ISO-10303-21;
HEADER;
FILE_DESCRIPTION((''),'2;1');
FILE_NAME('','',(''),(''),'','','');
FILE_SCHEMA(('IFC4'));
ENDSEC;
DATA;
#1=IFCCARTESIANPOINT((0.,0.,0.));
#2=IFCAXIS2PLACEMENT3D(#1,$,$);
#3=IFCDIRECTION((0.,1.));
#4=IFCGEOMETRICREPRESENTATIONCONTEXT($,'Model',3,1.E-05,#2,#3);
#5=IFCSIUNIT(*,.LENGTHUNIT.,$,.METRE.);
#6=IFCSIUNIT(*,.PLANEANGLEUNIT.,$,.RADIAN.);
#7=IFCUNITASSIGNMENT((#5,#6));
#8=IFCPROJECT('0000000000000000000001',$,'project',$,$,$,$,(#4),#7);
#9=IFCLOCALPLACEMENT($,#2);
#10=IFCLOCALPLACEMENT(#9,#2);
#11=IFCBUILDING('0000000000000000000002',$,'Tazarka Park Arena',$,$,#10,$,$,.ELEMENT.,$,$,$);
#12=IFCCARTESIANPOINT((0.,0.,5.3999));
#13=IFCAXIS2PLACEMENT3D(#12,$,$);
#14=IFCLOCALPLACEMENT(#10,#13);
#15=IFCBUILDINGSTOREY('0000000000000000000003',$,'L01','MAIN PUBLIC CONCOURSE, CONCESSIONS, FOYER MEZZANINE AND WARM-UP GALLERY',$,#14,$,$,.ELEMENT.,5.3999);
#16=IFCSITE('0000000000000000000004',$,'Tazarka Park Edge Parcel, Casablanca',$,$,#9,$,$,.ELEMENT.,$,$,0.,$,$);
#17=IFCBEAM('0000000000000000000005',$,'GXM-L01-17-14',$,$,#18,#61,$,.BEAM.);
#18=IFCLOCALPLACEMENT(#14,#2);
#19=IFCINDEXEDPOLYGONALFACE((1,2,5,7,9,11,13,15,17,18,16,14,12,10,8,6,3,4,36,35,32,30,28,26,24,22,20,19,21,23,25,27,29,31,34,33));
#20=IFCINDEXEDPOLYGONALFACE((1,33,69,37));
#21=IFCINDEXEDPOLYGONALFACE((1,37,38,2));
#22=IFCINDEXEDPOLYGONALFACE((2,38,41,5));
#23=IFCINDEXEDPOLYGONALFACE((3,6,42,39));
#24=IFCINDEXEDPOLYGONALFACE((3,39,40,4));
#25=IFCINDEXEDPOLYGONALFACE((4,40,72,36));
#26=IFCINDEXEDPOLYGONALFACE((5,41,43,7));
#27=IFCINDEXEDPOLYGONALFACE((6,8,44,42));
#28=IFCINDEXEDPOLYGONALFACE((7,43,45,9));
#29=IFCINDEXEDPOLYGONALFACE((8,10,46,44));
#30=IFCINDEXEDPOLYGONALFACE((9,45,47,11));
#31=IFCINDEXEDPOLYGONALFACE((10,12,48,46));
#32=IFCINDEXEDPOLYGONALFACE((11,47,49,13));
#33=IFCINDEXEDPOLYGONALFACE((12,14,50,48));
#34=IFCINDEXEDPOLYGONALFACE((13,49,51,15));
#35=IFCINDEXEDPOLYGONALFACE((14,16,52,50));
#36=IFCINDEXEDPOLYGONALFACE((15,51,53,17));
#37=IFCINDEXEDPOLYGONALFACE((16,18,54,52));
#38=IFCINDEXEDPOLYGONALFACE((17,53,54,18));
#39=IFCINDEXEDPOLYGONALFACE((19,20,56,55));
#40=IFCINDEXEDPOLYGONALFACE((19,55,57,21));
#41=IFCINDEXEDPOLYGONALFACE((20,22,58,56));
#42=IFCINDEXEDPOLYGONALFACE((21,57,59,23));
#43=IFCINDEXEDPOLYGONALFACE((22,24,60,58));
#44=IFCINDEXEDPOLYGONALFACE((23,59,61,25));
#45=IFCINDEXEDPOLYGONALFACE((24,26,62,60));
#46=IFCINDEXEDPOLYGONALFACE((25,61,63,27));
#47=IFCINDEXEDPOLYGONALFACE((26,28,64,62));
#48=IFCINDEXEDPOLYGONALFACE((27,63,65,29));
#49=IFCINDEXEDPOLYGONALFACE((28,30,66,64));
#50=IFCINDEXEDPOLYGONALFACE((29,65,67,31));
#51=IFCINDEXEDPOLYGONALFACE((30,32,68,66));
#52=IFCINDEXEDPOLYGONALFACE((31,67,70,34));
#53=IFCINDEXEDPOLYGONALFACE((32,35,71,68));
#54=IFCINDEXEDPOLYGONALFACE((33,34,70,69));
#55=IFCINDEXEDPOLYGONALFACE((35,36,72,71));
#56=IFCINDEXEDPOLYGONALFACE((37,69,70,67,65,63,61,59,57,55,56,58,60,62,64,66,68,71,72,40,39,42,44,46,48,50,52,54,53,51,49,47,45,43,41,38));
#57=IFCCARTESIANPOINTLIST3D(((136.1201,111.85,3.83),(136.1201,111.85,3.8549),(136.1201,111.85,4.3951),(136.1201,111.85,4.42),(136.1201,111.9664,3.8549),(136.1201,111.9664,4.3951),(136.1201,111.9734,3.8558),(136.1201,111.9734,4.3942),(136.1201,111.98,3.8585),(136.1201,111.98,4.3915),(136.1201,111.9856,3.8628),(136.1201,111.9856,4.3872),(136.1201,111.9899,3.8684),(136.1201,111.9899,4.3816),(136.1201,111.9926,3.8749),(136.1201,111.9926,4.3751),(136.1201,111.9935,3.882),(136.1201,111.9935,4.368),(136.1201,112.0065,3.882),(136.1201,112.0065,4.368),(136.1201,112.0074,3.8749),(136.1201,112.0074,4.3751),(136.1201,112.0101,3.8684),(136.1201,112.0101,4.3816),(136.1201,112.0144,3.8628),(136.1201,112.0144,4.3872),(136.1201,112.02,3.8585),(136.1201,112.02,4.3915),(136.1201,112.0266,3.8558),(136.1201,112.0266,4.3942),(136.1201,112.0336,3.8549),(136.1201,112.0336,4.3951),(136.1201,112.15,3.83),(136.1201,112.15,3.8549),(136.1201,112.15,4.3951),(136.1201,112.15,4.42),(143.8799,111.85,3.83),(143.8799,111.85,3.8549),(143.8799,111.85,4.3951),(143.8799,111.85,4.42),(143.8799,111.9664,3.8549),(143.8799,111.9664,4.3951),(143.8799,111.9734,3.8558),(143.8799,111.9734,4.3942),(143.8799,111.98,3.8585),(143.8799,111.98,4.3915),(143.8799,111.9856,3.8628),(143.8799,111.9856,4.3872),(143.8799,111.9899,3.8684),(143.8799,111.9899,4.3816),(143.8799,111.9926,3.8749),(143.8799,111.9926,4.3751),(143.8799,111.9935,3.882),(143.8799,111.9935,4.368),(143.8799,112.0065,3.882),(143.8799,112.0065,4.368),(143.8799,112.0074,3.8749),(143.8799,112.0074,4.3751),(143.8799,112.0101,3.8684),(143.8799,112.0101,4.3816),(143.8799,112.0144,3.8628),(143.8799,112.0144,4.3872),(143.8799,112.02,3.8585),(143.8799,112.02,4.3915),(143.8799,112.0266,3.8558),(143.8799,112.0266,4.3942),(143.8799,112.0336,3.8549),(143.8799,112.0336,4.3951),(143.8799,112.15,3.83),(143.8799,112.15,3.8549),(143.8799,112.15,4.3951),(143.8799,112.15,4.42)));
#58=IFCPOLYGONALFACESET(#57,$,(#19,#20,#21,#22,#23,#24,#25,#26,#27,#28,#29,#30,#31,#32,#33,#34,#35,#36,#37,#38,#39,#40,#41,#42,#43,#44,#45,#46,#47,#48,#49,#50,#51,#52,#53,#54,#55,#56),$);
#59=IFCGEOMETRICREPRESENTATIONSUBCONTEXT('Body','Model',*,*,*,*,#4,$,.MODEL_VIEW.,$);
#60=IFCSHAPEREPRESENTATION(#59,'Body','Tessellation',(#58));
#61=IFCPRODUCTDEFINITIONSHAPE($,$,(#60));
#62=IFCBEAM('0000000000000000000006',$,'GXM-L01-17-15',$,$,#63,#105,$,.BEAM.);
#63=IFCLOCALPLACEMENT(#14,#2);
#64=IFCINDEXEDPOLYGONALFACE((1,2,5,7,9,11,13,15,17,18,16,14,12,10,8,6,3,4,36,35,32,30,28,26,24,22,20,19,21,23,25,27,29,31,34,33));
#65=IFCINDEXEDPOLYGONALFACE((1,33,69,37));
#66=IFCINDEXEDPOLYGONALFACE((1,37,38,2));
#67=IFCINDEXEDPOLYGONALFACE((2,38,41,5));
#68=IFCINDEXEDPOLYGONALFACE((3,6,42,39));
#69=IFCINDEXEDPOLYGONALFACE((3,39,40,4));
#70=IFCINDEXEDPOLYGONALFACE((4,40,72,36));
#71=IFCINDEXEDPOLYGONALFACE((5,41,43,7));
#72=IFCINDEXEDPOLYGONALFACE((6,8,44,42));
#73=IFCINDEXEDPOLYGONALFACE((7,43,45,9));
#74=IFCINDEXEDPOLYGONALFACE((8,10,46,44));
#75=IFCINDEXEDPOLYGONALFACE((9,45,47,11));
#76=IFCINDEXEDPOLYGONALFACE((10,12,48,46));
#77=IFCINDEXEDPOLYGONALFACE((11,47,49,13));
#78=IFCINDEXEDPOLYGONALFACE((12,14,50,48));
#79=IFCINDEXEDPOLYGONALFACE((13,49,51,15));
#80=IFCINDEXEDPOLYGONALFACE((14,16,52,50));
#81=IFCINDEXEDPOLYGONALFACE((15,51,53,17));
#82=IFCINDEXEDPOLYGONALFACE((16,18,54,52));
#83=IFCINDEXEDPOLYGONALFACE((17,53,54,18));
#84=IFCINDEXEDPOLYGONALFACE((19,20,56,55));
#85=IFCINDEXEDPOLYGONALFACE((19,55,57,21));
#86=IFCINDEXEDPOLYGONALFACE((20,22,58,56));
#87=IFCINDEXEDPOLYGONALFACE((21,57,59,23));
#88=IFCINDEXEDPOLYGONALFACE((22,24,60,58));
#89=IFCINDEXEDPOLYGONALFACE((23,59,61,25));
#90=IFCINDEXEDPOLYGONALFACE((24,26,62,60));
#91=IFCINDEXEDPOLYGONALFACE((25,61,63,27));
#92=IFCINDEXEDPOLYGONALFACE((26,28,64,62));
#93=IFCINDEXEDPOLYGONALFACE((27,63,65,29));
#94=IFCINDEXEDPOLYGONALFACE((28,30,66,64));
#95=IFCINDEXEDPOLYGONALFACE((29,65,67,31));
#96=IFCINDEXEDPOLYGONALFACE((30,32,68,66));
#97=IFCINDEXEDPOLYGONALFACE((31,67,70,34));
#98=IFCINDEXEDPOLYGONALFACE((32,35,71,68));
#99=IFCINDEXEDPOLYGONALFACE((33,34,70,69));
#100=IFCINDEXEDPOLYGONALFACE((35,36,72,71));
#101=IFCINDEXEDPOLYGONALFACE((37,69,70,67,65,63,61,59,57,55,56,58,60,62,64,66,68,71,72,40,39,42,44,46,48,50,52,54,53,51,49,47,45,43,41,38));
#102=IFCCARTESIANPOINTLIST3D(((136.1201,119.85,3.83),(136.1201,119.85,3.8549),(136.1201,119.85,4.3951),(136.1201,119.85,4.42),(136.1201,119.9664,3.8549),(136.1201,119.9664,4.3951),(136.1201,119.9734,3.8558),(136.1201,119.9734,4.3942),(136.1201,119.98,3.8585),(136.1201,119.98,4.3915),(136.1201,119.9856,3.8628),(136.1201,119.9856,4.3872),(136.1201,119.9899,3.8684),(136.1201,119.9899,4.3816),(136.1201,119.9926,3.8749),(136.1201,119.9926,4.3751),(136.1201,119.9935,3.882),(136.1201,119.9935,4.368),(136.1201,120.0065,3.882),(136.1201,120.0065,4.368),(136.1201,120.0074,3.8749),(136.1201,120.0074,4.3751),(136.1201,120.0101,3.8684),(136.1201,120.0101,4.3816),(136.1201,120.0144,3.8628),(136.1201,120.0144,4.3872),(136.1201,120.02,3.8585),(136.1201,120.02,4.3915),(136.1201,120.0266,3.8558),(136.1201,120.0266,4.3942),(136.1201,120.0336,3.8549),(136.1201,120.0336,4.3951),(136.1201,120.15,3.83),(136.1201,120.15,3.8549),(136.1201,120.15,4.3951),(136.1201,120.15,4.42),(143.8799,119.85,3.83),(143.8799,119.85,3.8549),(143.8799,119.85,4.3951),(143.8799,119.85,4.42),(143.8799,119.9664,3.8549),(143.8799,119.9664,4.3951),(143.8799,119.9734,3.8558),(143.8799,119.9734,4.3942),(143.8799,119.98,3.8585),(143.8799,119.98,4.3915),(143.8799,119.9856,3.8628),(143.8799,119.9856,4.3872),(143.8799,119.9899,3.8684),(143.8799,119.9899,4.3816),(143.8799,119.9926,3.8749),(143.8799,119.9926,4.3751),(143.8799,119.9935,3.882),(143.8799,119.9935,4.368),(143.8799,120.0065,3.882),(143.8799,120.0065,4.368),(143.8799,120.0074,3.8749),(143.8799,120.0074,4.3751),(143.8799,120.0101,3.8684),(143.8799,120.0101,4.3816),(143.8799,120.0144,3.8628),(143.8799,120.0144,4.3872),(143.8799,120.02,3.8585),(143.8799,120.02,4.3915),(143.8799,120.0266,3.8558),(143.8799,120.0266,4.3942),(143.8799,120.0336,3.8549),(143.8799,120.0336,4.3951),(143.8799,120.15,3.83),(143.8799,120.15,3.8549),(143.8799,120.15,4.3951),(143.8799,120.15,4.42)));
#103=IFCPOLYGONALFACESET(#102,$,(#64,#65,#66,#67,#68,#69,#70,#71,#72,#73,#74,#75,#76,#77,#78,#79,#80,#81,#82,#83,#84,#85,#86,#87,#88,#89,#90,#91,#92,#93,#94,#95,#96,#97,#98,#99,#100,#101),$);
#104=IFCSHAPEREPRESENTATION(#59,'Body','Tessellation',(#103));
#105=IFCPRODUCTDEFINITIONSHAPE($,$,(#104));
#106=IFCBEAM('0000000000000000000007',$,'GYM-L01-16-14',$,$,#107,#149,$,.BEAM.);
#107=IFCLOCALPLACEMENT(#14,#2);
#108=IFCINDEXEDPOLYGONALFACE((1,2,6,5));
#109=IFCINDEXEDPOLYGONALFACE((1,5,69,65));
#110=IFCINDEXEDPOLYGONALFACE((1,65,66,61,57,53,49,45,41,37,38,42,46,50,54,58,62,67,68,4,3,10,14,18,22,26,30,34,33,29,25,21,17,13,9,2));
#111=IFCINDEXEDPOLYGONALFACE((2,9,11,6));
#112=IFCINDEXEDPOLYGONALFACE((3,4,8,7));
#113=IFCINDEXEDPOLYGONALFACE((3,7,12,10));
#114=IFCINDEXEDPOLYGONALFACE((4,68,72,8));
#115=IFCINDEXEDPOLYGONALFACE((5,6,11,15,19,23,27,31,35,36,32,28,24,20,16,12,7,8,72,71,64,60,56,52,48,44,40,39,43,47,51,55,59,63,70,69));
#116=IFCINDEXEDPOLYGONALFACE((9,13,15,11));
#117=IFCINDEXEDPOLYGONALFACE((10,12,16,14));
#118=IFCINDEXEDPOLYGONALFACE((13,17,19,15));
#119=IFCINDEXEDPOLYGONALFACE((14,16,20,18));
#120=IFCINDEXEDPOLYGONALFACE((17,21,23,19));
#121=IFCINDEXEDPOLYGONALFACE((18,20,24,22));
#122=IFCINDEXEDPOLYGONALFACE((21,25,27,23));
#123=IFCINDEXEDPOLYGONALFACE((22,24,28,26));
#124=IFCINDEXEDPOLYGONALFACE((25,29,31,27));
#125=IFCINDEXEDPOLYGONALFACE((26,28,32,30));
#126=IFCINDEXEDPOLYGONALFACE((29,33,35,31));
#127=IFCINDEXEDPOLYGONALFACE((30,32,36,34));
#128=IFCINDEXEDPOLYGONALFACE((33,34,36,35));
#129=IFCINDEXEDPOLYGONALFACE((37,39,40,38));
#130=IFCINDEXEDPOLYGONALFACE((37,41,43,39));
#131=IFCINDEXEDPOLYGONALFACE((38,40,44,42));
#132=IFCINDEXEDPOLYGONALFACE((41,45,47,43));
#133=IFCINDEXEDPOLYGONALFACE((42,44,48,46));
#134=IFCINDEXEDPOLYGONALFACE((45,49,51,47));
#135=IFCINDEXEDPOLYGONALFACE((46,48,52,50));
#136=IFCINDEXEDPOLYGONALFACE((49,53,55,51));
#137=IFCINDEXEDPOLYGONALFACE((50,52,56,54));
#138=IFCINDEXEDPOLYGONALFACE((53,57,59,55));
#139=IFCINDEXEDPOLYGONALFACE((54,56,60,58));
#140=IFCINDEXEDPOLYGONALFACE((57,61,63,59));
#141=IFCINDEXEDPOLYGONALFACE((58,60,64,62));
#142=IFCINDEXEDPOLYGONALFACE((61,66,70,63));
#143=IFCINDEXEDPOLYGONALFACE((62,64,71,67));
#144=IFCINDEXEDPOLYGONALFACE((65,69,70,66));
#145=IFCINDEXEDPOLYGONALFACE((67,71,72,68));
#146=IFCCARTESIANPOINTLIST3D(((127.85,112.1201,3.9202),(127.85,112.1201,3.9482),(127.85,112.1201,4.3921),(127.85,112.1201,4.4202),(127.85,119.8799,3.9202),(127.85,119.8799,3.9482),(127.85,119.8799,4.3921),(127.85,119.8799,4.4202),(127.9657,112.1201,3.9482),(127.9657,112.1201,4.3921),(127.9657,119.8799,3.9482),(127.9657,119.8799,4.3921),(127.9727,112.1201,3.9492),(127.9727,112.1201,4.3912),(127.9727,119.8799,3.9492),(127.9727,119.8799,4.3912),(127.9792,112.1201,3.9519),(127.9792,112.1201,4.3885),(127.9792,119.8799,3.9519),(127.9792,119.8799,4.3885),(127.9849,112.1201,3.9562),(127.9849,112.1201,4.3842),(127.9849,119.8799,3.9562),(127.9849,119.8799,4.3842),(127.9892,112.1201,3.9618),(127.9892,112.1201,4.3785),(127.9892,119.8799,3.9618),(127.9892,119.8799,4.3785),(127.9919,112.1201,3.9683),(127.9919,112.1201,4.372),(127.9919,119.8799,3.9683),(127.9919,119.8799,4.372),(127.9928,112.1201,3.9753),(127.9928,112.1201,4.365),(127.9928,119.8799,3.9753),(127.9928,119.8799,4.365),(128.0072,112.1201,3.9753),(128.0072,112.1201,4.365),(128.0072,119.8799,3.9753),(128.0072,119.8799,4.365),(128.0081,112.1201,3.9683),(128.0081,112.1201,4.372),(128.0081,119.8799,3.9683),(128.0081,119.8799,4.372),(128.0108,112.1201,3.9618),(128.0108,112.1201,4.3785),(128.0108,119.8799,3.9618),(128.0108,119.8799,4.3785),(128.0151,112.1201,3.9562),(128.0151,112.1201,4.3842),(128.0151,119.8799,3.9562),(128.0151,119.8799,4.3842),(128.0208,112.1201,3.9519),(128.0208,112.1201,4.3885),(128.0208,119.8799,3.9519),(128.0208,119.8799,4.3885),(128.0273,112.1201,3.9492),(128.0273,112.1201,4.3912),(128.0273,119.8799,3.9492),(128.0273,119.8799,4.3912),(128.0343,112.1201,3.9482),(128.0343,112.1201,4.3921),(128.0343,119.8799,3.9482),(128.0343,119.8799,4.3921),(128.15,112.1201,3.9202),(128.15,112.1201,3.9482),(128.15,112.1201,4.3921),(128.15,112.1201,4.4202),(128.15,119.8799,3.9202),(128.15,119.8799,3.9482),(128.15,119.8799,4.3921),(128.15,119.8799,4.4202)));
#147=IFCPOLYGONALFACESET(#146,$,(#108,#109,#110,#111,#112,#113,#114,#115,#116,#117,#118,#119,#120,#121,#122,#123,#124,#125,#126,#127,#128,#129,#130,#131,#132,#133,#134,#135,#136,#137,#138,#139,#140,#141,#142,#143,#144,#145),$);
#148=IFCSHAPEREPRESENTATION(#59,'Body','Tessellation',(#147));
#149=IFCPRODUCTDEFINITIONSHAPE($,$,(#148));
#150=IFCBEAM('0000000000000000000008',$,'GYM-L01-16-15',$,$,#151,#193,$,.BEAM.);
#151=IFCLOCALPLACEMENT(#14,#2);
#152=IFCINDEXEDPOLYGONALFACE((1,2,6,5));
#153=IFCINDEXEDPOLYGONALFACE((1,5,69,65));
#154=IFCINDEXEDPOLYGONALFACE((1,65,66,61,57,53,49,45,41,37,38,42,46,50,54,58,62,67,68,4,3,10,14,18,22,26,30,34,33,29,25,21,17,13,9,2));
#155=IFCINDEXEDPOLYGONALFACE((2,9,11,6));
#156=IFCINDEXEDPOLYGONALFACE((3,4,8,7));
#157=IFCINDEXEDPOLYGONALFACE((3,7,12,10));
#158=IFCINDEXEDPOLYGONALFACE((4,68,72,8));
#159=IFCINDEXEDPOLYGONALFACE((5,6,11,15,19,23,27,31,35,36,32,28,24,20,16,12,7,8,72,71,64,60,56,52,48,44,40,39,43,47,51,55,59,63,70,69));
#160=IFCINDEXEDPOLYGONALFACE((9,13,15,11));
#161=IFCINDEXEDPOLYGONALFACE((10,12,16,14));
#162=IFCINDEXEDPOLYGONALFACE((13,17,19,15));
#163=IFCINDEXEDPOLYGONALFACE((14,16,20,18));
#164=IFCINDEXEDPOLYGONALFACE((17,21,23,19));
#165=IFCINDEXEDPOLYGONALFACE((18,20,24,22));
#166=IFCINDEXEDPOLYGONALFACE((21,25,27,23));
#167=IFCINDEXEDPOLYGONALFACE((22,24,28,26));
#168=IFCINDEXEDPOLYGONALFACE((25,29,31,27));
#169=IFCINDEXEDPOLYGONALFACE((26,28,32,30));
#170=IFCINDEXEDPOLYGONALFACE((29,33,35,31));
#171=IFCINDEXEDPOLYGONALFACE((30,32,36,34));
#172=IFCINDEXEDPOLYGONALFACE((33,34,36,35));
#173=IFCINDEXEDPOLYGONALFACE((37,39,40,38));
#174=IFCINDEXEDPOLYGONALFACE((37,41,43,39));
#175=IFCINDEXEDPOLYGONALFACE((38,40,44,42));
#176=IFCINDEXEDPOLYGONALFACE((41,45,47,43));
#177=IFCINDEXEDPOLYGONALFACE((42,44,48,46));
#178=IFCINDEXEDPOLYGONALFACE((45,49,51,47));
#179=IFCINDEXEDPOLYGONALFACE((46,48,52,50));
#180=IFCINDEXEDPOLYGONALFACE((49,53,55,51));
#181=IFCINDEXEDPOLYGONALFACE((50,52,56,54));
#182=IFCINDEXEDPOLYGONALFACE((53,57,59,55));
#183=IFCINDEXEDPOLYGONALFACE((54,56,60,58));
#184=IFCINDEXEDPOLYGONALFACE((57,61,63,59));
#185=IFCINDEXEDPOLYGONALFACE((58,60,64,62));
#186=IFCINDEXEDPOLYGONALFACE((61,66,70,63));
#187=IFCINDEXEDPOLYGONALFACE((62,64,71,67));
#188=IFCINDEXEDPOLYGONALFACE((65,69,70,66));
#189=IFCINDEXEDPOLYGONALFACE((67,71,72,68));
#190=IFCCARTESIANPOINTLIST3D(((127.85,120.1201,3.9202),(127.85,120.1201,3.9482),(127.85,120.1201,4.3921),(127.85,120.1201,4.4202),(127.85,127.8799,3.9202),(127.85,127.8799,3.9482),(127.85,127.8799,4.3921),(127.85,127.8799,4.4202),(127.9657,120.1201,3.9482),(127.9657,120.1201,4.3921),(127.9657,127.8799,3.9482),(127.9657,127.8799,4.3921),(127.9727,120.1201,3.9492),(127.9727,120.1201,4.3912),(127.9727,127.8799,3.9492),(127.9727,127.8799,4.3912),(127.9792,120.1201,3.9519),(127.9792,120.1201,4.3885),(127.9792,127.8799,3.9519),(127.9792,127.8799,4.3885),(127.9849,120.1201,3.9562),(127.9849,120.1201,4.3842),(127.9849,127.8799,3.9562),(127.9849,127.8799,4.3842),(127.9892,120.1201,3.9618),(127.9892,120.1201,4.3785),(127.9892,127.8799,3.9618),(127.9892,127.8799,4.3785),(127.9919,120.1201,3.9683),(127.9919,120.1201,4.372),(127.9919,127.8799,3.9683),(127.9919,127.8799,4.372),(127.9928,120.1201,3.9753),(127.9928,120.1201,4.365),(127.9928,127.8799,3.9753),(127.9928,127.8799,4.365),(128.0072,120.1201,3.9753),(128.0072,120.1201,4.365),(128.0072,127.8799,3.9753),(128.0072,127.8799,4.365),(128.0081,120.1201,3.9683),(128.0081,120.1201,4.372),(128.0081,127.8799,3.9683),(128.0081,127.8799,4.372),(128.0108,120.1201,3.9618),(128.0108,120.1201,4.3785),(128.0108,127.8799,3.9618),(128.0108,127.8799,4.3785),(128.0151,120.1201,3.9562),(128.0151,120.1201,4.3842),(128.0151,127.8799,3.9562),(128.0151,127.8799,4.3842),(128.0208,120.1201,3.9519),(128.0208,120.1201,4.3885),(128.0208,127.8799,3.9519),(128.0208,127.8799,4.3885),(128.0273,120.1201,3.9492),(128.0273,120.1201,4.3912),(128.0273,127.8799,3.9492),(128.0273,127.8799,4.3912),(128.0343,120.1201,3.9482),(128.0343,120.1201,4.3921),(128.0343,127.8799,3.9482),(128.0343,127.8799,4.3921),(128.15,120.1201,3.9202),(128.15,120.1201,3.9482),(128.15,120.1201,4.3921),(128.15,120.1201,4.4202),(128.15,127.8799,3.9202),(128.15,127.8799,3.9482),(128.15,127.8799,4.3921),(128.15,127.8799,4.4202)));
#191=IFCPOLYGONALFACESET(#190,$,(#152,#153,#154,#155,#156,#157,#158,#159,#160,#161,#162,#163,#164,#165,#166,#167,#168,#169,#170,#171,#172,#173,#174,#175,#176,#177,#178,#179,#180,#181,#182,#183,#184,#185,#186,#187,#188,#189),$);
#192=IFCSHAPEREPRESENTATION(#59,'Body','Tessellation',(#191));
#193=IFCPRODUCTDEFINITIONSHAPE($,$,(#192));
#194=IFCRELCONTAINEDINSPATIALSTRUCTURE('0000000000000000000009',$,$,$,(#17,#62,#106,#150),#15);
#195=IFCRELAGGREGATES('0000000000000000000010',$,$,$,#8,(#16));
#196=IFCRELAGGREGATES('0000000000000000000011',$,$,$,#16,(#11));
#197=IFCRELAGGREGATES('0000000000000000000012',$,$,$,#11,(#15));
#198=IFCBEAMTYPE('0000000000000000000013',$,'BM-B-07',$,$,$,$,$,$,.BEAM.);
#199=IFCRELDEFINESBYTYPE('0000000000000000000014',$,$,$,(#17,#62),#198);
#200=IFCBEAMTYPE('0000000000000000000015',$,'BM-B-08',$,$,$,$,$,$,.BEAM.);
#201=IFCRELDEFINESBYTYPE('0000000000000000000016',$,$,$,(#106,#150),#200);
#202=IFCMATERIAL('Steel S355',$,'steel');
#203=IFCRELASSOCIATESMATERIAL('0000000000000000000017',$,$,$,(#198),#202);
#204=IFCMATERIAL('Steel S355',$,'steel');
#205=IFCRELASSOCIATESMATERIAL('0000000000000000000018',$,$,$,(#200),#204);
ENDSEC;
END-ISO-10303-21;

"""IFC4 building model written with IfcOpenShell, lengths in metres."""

from ifc_helpers import new_model, si_unit, direction, frame, origin, origin_2d, place, context, subcontext, project, spatial, i_section, extrude, material, material_profile, profile_set, type_object, element, save


model = new_model("IFC4")

# Units and contexts
model_context = context("Model", 3, precision=1e-05, world=origin(), true_north=direction((0.0, 1.0)))
body_context = subcontext(model_context, "Body", "Model", "MODEL_VIEW")
ifc_project = project(units=[si_unit("LENGTHUNIT", "METRE"), si_unit("PLANEANGLEUNIT", "RADIAN")], contexts=[model_context])

# Site, building, storey
site_placement = place(None, origin())
site = spatial("IfcSite", under=ifc_project, at=site_placement, Name="Tazarka Park Edge Parcel, Casablanca", CompositionType="ELEMENT", RefElevation=0.0)
building_placement = place(site_placement, origin())
building = spatial("IfcBuilding", under=site, at=building_placement, Name="Tazarka Park Arena", CompositionType="ELEMENT")
storey_placement = place(building_placement, frame((0.0, 0.0, 5.3999)))
storey = spatial("IfcBuildingStorey", under=building, at=storey_placement, Name="L01", Description="MAIN PUBLIC CONCOURSE, CONCESSIONS, FOYER MEZZANINE AND WARM-UP GALLERY", CompositionType="ELEMENT", Elevation=5.3999)

# Beams
ifc_material_1 = material(Name="Steel S355", Category="steel")
ifc_material_profile_1 = material_profile(ifc_material_1, i_section(OverallWidth=0.3, OverallDepth=0.5901, WebThickness=0.0129, FlangeThickness=0.0249, FilletRadius=0.0271, at=origin_2d()), Name="Steel S355")
ifc_profile_set_1 = profile_set([ifc_material_profile_1], Name="Steel S355")
beam_type_1 = type_object("IfcBeamType", Name="BM-B-07", PredefinedType="BEAM", material=ifc_profile_set_1)
for number, where, z_axis, x_axis, name in (
    (1, (136.1201, 112.0, 4.125), (1.0, 0.0, 0.0), (0.0, 1.0, 0.0), "GXM-L01-17-14"),
    (2, (136.1201, 120.0, 4.125), (1.0, 0.0, 0.0), (0.0, 1.0, 0.0), "GXM-L01-17-15"),
):
    element("IfcBeam", number, at=place(storey_placement, frame(where, z_axis=z_axis, x_axis=x_axis)), inside=storey, type_object=beam_type_1, Name=name, PredefinedType="BEAM", context=body_context, shape_type="SweptSolid", body=[
        extrude(i_section(OverallWidth=0.3, OverallDepth=0.5901, WebThickness=0.0129, FlangeThickness=0.0249, FilletRadius=0.0271, at=origin_2d()), origin(), (0.0, 0.0, 1.0), 7.7598),
    ])
ifc_material_2 = material(Name="Steel S355", Category="steel")
ifc_material_profile_2 = material_profile(ifc_material_2, i_section(OverallWidth=0.3, OverallDepth=0.5, WebThickness=0.0144, FlangeThickness=0.0281, FilletRadius=0.0271, at=origin_2d()), Name="Steel S355")
ifc_profile_set_2 = profile_set([ifc_material_profile_2], Name="Steel S355")
beam_type_2 = type_object("IfcBeamType", Name="BM-B-08", PredefinedType="BEAM", material=ifc_profile_set_2)
for number, where, z_axis, x_axis, name in (
    (3, (128.0, 112.1201, 4.1702), (0.0, 1.0, 0.0), (-1.0, 0.0, 0.0), "GYM-L01-16-14"),
    (4, (128.0, 120.1201, 4.1702), (0.0, 1.0, 0.0), (-1.0, 0.0, 0.0), "GYM-L01-16-15"),
):
    element("IfcBeam", number, at=place(storey_placement, frame(where, z_axis=z_axis, x_axis=x_axis)), inside=storey, type_object=beam_type_2, Name=name, PredefinedType="BEAM", context=body_context, shape_type="SweptSolid", body=[
        extrude(i_section(OverallWidth=0.3, OverallDepth=0.5, WebThickness=0.0144, FlangeThickness=0.0281, FilletRadius=0.0271, at=origin_2d()), origin(), (0.0, 0.0, 1.0), 7.7598),
    ])

save(model, "model.ifc")
